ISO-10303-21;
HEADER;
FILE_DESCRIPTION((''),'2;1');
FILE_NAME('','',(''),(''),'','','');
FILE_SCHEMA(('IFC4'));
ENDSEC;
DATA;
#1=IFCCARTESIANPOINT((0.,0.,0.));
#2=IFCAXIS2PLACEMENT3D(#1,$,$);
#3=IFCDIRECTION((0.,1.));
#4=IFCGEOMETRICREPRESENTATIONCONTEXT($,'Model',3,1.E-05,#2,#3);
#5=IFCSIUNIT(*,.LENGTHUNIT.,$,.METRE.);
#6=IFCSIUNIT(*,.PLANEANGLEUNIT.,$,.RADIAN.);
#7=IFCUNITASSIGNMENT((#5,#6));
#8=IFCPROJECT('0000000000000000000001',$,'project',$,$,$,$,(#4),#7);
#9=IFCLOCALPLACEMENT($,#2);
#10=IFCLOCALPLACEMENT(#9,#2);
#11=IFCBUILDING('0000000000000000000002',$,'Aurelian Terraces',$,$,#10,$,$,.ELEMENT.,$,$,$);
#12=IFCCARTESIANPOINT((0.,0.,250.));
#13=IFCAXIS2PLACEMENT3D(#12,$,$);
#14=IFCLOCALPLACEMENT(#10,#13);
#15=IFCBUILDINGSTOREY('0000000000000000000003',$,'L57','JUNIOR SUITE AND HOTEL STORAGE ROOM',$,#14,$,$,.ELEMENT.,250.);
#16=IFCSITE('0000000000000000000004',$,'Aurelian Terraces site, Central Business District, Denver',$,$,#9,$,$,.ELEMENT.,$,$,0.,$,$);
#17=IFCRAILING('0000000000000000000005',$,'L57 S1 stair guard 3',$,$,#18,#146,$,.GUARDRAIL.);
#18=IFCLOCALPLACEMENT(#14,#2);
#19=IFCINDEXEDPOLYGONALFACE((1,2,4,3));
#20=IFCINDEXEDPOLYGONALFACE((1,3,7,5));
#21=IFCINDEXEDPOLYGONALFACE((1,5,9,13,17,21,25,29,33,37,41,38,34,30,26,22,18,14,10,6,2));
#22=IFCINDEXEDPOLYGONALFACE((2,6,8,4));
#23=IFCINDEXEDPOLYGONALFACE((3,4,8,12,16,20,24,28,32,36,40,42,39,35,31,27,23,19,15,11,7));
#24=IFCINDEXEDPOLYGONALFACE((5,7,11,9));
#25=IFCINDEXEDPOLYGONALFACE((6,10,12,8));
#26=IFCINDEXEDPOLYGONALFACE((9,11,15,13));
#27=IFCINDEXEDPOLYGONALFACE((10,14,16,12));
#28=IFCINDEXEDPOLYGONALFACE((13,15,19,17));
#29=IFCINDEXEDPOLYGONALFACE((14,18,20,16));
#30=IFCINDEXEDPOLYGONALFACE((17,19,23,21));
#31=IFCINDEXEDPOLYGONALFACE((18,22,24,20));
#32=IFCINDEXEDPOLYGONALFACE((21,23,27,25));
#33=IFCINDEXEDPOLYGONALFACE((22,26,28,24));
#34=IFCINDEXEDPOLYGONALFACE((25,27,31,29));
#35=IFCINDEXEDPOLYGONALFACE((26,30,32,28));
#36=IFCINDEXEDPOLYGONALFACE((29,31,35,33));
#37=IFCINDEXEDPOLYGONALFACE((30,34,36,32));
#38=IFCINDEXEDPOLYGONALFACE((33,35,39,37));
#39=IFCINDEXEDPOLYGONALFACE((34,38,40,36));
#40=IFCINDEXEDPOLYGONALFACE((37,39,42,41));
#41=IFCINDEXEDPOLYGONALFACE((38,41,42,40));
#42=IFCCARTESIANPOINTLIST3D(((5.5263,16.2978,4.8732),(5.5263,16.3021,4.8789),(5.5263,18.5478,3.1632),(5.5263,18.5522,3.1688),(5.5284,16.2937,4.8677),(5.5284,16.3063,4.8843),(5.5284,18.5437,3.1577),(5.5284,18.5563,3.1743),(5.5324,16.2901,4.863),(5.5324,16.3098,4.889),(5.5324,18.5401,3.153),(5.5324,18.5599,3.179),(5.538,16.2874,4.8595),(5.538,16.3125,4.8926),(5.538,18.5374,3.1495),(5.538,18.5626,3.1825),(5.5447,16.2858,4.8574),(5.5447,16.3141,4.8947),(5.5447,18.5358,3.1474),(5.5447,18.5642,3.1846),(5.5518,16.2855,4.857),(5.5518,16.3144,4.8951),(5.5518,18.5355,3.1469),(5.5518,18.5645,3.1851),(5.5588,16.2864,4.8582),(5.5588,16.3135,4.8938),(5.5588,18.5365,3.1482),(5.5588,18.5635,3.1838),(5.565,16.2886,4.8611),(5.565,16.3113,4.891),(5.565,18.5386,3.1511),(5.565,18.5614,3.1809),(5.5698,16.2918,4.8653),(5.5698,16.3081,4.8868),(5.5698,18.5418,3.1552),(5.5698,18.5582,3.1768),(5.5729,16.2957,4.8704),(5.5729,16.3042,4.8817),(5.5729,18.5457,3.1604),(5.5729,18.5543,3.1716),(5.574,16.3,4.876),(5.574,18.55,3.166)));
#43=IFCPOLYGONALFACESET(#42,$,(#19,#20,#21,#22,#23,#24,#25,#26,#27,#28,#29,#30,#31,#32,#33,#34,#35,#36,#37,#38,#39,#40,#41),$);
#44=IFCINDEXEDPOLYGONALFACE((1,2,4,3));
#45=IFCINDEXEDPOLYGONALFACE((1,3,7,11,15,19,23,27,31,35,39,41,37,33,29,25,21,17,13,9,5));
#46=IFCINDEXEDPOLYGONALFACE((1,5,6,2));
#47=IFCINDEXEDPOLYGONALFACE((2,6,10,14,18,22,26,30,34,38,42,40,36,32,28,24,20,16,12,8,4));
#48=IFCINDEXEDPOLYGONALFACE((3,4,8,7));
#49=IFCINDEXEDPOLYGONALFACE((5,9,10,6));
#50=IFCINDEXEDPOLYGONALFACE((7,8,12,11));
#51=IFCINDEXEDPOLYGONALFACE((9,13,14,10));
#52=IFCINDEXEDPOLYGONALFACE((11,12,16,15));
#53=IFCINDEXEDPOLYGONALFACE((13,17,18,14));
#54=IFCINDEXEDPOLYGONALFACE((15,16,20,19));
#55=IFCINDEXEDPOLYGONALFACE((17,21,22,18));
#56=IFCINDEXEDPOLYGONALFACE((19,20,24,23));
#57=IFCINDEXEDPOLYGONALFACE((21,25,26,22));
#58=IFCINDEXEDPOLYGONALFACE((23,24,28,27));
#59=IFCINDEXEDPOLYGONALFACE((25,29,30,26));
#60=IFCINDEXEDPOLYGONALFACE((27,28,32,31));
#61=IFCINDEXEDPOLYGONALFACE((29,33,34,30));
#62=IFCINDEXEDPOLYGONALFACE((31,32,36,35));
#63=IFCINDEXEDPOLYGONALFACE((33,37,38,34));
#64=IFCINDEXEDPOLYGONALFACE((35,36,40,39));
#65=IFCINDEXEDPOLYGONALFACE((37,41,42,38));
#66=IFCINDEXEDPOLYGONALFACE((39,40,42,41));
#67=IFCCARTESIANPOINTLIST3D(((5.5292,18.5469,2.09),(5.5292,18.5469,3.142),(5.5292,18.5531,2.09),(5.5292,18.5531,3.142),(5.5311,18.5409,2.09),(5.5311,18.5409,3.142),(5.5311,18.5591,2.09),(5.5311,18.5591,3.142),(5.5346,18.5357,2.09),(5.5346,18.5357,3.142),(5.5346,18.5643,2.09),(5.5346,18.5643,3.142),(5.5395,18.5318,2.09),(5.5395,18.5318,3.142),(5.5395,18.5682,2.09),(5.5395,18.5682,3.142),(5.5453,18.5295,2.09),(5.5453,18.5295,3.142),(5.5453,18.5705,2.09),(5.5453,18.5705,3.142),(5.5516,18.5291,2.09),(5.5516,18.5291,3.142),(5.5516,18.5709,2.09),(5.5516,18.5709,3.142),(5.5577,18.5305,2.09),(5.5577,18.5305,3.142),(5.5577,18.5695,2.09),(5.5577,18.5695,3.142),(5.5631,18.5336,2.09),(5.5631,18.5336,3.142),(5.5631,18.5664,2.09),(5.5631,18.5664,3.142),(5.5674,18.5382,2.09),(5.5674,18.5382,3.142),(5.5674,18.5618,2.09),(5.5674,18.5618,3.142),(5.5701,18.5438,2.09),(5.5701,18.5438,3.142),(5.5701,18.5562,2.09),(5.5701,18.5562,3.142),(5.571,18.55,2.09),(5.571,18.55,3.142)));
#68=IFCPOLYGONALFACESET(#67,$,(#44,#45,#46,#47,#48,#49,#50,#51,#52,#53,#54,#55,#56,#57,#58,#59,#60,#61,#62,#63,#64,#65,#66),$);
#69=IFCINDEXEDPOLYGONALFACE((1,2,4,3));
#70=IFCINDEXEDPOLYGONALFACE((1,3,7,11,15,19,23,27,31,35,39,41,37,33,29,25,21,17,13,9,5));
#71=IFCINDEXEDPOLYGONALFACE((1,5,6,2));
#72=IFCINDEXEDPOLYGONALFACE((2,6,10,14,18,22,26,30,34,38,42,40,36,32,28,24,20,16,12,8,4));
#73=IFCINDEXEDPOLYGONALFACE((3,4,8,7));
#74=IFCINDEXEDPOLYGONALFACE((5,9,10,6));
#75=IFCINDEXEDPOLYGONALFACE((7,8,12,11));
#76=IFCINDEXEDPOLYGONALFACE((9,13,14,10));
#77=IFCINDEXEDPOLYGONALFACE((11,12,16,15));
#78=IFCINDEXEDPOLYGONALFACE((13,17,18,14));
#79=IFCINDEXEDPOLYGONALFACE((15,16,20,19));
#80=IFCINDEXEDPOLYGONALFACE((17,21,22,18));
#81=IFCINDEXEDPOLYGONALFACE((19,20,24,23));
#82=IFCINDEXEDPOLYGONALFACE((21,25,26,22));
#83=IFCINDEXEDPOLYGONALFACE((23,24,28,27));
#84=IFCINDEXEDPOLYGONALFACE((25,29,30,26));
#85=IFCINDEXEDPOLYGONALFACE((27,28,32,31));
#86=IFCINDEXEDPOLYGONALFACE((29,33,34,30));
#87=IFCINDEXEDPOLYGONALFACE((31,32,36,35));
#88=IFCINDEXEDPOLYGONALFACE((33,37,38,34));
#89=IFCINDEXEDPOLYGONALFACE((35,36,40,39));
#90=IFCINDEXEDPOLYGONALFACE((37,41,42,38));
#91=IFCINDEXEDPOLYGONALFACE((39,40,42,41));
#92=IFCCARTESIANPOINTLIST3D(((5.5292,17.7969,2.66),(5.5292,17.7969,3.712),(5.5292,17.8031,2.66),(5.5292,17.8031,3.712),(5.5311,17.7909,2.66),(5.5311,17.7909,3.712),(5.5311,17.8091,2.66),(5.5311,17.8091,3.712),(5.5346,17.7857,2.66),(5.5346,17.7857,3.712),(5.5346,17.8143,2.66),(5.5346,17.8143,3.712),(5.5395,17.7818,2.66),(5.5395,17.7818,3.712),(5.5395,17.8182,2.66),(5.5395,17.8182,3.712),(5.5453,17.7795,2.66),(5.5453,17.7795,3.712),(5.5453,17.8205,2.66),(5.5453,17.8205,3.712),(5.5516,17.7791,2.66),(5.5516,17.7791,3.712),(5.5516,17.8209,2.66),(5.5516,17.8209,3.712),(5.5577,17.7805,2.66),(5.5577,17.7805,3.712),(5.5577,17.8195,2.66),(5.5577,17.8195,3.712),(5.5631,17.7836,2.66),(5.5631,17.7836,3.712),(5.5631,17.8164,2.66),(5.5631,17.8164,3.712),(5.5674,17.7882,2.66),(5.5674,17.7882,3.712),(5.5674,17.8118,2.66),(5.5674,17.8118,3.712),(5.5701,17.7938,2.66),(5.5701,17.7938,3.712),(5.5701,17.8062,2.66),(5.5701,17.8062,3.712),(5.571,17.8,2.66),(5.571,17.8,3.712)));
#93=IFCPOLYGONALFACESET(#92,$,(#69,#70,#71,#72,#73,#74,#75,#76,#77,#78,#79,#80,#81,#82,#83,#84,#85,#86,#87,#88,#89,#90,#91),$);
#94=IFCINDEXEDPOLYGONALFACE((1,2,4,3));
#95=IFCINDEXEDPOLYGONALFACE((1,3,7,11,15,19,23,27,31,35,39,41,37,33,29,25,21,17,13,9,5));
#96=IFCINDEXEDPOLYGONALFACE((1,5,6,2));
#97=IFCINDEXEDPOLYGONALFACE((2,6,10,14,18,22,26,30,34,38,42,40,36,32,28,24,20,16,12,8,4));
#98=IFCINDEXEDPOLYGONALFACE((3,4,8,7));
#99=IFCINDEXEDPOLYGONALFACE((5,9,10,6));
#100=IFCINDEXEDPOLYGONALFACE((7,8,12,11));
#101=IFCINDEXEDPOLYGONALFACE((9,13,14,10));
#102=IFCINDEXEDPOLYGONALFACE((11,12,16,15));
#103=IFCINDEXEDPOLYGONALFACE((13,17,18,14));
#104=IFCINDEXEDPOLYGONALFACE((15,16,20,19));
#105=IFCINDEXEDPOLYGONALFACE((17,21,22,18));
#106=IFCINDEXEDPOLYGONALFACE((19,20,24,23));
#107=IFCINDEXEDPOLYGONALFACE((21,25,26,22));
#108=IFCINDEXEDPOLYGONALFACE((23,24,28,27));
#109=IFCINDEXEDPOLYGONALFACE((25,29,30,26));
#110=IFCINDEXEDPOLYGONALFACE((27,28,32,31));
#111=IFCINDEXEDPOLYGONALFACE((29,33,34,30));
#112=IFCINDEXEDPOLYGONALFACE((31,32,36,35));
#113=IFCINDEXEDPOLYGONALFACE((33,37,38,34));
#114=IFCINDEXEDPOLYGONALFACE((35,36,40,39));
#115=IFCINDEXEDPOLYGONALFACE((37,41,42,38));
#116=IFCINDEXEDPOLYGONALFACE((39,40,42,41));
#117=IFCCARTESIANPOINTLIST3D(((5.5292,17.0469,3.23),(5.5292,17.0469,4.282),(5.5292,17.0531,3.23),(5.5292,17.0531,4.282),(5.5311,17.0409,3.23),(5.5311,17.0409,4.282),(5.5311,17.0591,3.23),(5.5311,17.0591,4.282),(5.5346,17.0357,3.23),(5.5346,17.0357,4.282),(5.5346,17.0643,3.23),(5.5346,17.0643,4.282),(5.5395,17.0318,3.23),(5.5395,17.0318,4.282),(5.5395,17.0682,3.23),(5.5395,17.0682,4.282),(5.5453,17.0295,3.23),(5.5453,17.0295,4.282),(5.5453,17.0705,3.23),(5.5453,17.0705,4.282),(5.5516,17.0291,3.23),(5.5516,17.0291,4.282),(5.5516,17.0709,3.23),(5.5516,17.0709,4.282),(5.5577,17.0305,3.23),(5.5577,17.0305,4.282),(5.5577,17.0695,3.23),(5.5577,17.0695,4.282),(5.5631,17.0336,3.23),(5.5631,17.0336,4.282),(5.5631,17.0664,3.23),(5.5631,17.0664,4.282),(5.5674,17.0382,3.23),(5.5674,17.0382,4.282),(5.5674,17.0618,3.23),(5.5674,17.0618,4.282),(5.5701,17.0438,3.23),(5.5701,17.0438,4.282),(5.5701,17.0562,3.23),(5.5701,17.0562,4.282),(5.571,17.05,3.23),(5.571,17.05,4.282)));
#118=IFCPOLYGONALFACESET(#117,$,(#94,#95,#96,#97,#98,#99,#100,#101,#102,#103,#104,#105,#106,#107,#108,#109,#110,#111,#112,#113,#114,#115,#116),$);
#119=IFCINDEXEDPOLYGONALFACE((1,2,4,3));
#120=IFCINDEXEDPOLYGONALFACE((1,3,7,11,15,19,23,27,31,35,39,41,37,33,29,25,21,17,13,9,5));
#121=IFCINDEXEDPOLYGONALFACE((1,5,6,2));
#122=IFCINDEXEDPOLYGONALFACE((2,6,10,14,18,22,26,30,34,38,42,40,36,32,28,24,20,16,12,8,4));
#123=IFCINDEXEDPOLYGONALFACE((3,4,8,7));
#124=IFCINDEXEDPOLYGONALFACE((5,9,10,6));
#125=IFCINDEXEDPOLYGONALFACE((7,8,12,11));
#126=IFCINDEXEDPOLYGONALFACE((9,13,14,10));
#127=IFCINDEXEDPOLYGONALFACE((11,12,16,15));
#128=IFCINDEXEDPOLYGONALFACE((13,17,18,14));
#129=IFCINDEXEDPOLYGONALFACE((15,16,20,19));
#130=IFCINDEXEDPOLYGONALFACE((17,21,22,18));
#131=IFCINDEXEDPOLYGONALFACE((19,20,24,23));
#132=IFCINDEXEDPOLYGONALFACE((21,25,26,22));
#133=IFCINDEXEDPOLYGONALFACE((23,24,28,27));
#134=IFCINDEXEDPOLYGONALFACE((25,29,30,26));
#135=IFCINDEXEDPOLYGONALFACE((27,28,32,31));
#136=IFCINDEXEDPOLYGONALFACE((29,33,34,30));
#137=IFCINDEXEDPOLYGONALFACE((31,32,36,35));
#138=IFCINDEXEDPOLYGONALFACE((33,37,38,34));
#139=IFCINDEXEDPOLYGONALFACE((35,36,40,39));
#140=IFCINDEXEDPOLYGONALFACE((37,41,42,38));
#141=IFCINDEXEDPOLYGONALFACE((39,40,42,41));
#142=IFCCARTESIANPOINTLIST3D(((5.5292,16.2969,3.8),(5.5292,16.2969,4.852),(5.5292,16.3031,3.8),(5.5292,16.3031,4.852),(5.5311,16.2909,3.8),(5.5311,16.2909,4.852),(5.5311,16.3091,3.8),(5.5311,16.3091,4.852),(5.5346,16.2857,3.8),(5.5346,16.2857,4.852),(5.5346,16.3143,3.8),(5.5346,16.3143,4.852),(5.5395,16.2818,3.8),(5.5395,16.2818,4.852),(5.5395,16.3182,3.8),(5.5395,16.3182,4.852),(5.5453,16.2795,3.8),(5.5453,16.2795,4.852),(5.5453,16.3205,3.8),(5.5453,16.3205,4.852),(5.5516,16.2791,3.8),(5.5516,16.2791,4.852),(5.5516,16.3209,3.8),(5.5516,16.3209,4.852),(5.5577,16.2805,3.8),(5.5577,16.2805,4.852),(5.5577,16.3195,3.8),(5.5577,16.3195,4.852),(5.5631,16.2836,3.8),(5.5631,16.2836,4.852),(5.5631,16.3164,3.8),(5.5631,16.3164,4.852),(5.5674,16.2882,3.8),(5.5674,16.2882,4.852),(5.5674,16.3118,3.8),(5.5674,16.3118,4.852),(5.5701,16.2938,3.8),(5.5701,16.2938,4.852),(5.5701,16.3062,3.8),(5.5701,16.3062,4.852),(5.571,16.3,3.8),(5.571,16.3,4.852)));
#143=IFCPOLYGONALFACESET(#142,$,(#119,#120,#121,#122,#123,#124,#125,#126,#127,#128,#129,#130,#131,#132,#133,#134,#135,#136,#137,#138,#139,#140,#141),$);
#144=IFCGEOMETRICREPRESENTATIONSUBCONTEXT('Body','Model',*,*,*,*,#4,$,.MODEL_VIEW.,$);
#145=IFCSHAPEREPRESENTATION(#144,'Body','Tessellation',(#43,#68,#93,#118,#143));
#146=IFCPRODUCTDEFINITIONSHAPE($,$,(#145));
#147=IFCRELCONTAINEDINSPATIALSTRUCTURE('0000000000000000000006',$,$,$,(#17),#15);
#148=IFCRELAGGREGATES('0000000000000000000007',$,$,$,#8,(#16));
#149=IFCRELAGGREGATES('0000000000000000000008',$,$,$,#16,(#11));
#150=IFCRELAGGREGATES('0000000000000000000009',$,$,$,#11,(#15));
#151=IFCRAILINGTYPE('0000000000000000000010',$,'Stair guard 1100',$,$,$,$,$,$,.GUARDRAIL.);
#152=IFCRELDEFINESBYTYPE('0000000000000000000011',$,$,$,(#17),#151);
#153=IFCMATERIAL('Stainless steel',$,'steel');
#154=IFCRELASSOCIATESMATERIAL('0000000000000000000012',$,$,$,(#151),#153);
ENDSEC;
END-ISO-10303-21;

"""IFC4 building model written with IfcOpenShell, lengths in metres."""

from ifc_helpers import new_model, si_unit, direction, frame, origin, origin_2d, place, context, subcontext, project, spatial, circle, extrude, source, transform, mapped, material, type_object, element, save


model = new_model("IFC4")

# Units and contexts
model_context = context("Model", 3, precision=1e-05, world=origin(), true_north=direction((0.0, 1.0)))
body_context = subcontext(model_context, "Body", "Model", "MODEL_VIEW")
ifc_project = project(units=[si_unit("LENGTHUNIT", "METRE"), si_unit("PLANEANGLEUNIT", "RADIAN")], contexts=[model_context])

# Site, building, storey
site_placement = place(None, origin())
site = spatial("IfcSite", under=ifc_project, at=site_placement, Name="Aurelian Terraces site, Central Business District, Denver", CompositionType="ELEMENT", RefElevation=0.0)
building_placement = place(site_placement, origin())
building = spatial("IfcBuilding", under=site, at=building_placement, Name="Aurelian Terraces", CompositionType="ELEMENT")
storey_placement = place(building_placement, frame((0.0, 0.0, 250.0)))
storey = spatial("IfcBuildingStorey", under=building, at=storey_placement, Name="L57", Description="JUNIOR SUITE AND HOTEL STORAGE ROOM", CompositionType="ELEMENT", Elevation=250.0)

# Railing
ifc_material_1 = material(Name="Stainless steel", Category="steel")
railing_type_1 = type_object("IfcRailingType", Name="Stair guard 1100", PredefinedType="GUARDRAIL", material=ifc_material_1)
shared_shape_1 = source(origin(), body_context, "Body", "SweptSolid", [
    extrude(circle(Radius=0.024, at=origin_2d()), frame((0.0, 0.0, 1.076), z_axis=(0.0, -0.796162, 0.605083), x_axis=(1.0, 0.0, 0.0)), (0.0, 0.0, 1.0), 2.8261),
    extrude(circle(Radius=0.021, at=origin_2d()), origin(), (0.0, 0.0, 1.0), 1.052),
    extrude(circle(Radius=0.021, at=origin_2d()), frame((0.0, -0.75, 0.57)), (0.0, 0.0, 1.0), 1.052),
    extrude(circle(Radius=0.021, at=origin_2d()), frame((0.0, -1.5, 1.14)), (0.0, 0.0, 1.0), 1.052),
    extrude(circle(Radius=0.021, at=origin_2d()), frame((0.0, -2.25, 1.71)), (0.0, 0.0, 1.0), 1.052),
])
railing_1_placement = place(storey_placement, frame((5.55, 18.55, 2.09)))
element("IfcRailing", 1, at=railing_1_placement, inside=storey, type_object=railing_type_1, Name="L57 S1 stair guard 3", PredefinedType="GUARDRAIL", context=body_context, shape_type="MappedRepresentation", body=[
    mapped(shared_shape_1, transform((0.0, 0.0, 0.0), scale=1.0)),
])

save(model, "model.ifc")
